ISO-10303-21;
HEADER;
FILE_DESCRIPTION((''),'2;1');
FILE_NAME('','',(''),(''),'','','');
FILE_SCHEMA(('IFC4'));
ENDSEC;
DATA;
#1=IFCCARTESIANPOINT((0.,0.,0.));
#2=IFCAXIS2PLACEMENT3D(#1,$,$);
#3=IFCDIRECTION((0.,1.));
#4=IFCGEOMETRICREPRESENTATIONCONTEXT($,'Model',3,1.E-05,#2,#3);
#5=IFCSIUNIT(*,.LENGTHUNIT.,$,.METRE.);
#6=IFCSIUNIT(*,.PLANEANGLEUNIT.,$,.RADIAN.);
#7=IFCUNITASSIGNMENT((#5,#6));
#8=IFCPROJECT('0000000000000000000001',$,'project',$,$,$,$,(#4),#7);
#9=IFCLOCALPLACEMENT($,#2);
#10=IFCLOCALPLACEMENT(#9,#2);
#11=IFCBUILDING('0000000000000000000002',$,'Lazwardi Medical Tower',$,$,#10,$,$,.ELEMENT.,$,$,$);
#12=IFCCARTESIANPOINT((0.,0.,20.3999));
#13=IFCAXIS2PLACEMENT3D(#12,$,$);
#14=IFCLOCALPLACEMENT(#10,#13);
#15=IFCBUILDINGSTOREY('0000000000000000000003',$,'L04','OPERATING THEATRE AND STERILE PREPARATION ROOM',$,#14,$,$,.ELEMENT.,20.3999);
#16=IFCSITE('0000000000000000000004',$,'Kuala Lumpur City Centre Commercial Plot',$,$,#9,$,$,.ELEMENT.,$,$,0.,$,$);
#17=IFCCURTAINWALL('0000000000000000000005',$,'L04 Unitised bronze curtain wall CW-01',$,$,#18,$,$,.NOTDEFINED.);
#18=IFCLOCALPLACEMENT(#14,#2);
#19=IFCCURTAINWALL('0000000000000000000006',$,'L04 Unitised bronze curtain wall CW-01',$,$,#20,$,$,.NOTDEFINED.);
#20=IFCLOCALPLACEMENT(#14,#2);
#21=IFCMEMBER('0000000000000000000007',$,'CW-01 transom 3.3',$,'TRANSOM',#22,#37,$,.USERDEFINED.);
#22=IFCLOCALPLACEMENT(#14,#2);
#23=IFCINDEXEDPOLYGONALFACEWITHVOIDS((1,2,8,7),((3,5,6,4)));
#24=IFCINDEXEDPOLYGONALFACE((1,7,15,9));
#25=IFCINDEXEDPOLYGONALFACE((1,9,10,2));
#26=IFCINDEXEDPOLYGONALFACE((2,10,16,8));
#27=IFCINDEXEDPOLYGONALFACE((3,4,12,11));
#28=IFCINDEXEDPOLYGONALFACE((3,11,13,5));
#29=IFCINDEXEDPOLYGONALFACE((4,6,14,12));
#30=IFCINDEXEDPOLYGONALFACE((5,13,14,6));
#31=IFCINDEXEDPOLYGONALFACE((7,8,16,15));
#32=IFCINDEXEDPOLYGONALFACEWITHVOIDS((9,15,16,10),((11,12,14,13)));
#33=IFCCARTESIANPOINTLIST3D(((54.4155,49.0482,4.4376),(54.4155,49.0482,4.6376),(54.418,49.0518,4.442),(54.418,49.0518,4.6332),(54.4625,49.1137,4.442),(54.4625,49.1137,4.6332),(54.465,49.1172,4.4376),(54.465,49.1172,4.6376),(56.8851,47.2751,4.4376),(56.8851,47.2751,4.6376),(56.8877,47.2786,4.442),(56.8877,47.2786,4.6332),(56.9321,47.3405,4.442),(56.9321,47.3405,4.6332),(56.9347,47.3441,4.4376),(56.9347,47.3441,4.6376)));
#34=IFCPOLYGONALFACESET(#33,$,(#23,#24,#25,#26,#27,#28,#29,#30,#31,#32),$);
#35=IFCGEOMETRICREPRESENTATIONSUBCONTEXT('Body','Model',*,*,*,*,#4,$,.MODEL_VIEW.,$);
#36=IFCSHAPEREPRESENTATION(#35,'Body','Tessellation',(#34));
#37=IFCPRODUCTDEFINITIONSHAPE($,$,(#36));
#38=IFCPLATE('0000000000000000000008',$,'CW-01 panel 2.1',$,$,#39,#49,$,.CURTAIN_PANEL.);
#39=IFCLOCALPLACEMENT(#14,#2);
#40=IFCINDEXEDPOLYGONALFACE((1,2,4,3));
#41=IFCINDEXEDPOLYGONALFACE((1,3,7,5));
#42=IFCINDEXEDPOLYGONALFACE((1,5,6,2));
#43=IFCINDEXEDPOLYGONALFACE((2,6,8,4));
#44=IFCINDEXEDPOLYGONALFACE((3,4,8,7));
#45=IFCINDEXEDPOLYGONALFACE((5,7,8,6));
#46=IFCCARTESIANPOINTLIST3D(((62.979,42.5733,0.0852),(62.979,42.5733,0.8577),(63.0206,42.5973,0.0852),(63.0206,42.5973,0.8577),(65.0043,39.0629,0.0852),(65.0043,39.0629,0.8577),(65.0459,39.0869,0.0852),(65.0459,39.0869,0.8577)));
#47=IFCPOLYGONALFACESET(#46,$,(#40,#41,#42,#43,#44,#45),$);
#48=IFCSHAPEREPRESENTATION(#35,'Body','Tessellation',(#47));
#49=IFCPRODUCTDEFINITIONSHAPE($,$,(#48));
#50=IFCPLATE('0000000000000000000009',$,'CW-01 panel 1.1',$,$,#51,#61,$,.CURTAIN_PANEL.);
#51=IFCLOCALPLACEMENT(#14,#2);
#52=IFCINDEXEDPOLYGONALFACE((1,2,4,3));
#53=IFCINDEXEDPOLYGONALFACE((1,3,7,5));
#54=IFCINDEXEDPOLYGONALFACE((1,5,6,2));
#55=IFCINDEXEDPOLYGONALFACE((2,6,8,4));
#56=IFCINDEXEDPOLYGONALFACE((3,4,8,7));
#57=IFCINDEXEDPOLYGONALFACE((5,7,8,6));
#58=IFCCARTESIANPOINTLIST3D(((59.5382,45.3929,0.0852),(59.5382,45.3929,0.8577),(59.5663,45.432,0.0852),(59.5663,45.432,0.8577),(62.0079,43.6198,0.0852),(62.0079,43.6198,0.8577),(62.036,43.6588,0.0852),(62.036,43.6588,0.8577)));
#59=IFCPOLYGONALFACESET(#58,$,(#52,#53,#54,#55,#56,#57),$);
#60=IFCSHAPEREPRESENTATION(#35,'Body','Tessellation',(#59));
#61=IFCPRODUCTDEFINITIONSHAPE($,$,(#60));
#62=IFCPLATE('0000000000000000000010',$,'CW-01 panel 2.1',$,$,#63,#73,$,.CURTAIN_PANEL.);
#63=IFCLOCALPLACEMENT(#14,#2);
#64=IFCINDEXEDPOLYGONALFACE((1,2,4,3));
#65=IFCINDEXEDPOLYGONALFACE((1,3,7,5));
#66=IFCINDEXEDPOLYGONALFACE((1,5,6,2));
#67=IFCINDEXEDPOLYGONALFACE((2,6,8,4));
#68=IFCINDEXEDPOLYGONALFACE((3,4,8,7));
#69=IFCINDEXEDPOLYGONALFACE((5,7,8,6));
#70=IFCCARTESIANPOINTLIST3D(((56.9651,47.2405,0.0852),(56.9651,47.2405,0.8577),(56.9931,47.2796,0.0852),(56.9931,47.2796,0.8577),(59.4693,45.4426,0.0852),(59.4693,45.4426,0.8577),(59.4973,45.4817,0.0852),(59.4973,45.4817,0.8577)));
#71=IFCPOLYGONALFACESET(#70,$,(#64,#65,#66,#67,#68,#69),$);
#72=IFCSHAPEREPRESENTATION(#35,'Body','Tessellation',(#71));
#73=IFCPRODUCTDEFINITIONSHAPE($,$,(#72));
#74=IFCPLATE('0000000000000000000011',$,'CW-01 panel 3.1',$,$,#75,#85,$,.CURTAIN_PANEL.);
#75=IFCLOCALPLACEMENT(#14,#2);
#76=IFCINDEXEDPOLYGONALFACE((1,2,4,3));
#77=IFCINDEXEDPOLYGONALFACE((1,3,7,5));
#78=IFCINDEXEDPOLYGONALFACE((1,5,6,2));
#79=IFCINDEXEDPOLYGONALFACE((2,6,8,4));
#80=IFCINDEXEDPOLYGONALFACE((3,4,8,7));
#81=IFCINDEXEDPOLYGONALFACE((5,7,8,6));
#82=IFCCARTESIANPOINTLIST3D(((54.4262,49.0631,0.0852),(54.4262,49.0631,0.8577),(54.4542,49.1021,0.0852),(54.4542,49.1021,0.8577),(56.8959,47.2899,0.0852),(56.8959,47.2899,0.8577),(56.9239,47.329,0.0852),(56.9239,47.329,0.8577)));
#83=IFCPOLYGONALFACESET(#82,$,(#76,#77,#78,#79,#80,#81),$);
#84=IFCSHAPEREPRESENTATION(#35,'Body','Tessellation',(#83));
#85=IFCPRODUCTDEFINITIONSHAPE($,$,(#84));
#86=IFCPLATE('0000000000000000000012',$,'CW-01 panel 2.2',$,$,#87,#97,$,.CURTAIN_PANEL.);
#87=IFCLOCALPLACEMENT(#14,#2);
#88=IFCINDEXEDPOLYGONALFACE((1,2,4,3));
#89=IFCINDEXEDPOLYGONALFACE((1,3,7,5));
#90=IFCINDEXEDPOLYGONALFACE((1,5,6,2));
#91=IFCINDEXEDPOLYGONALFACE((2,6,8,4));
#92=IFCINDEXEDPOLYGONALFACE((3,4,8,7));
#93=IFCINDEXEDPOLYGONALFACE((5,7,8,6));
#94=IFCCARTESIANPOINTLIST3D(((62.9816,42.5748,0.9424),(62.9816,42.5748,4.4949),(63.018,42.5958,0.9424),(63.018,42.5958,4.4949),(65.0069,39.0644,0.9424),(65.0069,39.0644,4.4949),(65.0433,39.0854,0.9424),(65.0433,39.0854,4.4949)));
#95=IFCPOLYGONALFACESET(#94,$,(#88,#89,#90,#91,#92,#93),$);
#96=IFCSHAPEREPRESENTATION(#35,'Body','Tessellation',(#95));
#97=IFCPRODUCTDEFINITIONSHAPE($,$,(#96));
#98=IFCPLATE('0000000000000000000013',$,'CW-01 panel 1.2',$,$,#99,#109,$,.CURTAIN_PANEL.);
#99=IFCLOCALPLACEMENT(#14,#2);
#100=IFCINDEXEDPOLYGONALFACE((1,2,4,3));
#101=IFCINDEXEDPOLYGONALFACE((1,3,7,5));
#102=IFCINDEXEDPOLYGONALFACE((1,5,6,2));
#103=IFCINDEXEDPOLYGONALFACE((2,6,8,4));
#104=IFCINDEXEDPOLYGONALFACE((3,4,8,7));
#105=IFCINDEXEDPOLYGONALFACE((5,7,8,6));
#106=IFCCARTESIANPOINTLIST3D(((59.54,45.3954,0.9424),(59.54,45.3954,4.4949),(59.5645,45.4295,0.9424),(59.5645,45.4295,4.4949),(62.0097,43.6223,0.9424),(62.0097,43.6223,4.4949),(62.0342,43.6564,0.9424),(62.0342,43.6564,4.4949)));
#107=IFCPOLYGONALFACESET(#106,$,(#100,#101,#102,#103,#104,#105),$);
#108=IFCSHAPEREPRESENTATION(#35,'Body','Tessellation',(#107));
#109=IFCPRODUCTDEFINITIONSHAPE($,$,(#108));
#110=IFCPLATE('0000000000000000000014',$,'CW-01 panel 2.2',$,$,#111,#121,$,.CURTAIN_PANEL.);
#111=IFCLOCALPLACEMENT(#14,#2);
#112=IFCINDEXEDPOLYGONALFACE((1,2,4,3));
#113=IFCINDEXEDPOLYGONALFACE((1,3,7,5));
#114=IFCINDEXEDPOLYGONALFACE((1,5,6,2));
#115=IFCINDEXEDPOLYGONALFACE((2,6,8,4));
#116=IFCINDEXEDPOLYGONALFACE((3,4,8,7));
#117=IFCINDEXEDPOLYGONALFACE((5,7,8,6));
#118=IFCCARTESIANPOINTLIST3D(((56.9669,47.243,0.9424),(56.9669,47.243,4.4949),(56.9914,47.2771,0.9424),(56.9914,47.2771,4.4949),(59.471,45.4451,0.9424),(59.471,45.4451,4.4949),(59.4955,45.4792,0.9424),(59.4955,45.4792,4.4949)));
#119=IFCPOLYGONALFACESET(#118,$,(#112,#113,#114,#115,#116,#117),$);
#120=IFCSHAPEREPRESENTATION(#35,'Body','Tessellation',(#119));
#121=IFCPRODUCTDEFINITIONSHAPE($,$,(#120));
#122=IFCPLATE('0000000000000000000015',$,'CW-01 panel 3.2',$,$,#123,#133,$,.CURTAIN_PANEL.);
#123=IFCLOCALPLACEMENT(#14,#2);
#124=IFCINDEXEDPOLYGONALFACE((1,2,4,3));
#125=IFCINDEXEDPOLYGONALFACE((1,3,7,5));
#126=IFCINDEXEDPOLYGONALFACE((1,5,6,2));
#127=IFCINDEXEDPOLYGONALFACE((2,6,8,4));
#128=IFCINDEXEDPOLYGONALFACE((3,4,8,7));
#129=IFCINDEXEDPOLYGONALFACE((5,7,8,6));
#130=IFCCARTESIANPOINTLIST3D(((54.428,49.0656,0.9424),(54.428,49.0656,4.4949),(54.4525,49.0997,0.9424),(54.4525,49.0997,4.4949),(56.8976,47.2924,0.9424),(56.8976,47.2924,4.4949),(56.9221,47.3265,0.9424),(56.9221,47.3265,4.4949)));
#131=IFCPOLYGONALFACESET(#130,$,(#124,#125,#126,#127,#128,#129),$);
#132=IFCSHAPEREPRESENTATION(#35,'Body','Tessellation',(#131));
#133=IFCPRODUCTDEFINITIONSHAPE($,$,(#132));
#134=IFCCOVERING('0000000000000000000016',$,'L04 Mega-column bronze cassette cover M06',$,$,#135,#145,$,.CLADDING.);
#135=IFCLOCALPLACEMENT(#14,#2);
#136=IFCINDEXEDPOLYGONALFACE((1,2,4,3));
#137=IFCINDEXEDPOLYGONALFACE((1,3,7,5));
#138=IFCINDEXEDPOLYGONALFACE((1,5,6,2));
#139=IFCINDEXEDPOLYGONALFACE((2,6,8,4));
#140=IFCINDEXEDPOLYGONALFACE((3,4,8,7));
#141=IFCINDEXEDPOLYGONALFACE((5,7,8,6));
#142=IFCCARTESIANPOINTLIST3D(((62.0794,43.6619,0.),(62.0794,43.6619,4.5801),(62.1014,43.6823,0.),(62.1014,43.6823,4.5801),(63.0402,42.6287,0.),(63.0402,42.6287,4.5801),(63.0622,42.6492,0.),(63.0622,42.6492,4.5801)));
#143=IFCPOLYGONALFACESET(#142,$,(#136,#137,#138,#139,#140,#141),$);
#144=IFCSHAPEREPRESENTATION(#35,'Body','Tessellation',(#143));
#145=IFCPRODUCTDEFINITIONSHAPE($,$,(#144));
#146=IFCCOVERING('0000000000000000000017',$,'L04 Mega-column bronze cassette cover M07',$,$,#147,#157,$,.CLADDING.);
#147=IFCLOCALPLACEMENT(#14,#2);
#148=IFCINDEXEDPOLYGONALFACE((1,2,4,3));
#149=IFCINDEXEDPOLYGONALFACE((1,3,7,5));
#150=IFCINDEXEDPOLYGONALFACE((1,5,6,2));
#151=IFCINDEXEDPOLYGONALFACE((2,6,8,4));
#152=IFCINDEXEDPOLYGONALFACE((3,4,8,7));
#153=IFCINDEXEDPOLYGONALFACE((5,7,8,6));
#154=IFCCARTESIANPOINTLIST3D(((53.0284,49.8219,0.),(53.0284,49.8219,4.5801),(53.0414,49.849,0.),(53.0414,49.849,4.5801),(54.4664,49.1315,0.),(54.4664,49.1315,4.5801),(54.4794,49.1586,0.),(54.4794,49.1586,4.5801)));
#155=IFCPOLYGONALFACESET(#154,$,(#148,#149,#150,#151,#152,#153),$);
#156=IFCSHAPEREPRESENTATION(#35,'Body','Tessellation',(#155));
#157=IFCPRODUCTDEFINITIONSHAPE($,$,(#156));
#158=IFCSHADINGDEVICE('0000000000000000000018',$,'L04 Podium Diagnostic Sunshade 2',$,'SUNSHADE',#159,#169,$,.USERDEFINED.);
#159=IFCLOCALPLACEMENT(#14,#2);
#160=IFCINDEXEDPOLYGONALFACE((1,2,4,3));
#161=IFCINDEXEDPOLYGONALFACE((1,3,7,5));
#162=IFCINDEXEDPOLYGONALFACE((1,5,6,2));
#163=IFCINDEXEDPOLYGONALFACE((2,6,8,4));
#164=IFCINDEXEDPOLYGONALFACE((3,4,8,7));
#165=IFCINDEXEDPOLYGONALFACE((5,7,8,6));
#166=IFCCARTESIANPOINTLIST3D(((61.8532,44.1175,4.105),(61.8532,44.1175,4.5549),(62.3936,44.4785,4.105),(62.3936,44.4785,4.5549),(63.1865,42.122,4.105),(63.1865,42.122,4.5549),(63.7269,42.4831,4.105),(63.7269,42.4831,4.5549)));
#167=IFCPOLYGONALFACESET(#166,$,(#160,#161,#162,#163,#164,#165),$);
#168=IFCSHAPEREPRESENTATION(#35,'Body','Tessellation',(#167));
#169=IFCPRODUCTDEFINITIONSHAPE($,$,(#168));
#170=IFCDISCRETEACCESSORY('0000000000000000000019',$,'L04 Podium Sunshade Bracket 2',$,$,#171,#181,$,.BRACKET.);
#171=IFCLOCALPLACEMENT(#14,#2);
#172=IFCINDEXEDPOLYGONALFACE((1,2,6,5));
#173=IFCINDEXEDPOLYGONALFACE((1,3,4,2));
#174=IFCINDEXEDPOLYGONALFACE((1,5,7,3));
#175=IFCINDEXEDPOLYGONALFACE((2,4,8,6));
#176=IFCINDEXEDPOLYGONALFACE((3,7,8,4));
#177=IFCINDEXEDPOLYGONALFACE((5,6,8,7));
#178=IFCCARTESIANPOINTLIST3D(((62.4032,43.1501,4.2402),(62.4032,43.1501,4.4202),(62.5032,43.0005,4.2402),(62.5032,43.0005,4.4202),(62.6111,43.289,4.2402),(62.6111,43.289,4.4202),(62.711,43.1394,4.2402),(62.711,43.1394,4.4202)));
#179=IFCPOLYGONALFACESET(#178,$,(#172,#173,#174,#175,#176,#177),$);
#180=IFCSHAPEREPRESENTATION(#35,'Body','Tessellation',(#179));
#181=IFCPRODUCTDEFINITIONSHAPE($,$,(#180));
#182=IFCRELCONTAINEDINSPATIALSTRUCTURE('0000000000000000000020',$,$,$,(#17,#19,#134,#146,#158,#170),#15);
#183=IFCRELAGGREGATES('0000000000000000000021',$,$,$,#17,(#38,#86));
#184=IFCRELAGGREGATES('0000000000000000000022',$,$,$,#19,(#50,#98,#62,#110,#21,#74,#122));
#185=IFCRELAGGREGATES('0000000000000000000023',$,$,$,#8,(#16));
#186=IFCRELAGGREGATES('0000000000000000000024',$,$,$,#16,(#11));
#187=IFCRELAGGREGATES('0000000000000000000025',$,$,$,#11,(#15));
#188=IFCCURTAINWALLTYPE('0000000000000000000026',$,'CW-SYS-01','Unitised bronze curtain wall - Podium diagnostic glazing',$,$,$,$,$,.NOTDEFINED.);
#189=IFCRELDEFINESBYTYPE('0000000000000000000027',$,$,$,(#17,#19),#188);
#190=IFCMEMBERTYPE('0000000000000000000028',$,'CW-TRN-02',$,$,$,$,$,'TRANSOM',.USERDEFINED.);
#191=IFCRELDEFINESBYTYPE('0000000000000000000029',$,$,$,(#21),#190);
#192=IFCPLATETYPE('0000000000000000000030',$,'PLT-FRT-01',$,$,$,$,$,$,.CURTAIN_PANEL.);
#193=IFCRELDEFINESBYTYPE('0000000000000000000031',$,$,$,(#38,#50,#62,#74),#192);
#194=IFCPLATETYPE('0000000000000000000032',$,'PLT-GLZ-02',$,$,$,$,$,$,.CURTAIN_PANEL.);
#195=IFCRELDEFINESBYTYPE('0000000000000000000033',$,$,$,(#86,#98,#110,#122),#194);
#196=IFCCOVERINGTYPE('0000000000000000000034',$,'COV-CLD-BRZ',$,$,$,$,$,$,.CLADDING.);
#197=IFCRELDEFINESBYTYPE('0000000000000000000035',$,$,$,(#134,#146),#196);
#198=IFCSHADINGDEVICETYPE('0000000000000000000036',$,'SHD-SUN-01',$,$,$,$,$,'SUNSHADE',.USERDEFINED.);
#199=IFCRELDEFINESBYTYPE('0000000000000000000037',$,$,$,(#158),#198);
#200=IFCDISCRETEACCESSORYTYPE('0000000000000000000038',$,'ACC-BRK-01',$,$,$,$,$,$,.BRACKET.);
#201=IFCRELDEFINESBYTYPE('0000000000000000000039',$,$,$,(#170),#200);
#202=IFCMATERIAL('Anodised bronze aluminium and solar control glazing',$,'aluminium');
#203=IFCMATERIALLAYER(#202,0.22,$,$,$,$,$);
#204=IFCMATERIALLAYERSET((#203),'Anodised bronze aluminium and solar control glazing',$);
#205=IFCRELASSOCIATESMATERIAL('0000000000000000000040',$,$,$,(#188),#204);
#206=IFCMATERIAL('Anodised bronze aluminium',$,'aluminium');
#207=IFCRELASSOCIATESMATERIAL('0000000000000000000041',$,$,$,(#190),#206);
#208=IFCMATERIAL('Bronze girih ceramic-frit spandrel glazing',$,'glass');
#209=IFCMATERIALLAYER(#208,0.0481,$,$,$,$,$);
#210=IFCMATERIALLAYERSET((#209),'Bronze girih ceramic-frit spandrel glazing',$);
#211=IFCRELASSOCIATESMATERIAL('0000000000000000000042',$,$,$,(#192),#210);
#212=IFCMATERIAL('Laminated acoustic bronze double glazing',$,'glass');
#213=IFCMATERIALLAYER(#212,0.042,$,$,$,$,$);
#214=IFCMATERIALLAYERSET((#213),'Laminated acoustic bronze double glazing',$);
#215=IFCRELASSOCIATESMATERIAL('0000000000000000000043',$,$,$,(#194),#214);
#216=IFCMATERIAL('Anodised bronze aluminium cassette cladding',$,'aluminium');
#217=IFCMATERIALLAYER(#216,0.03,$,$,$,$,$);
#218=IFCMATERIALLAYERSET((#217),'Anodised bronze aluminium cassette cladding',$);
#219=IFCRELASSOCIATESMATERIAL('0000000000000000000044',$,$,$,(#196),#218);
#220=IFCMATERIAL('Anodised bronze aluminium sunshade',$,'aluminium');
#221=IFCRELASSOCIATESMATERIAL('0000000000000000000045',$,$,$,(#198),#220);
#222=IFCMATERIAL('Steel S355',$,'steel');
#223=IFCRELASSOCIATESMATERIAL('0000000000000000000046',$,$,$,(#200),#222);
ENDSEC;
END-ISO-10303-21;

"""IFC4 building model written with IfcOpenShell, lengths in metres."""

from ifc_helpers import new_model, si_unit, direction, frame, origin, origin_2d, place, context, subcontext, project, spatial, rectangle, hollow_rectangle, extrude, material, layer, layer_set, material_profile, profile_set, type_object, element, aggregate, save


model = new_model("IFC4")

# Units and contexts
model_context = context("Model", 3, precision=1e-05, world=origin(), true_north=direction((0.0, 1.0)))
body_context = subcontext(model_context, "Body", "Model", "MODEL_VIEW")
ifc_project = project(units=[si_unit("LENGTHUNIT", "METRE"), si_unit("PLANEANGLEUNIT", "RADIAN")], contexts=[model_context])

# Site, building, storey
site_placement = place(None, origin())
site = spatial("IfcSite", under=ifc_project, at=site_placement, Name="Kuala Lumpur City Centre Commercial Plot", CompositionType="ELEMENT", RefElevation=0.0)
building_placement = place(site_placement, origin())
building = spatial("IfcBuilding", under=site, at=building_placement, Name="Lazwardi Medical Tower", CompositionType="ELEMENT")
storey_placement = place(building_placement, frame((0.0, 0.0, 20.3999)))
storey = spatial("IfcBuildingStorey", under=building, at=storey_placement, Name="L04", Description="OPERATING THEATRE AND STERILE PREPARATION ROOM", CompositionType="ELEMENT", Elevation=20.3999)

# Shared definitions
ifc_material_1 = material(Name="Steel S355", Category="steel")

# Curtain wall
ifc_material_2 = material(Name="Anodised bronze aluminium and solar control glazing", Category="aluminium")
ifc_layer_1 = layer(ifc_material_2, 0.22)
ifc_layer_set_1 = layer_set([ifc_layer_1], Name="Anodised bronze aluminium and solar control glazing")
curtain_wall_type = type_object("IfcCurtainWallType", Name="CW-SYS-01", Description="Unitised bronze curtain wall - Podium diagnostic glazing", PredefinedType="NOTDEFINED", material=ifc_layer_set_1)
curtain_wall_1_placement = place(storey_placement, origin())
curtain_wall_1 = element("IfcCurtainWall", 1, at=curtain_wall_1_placement, inside=storey, type_object=curtain_wall_type, Name="L04 Unitised bronze curtain wall CW-01", PredefinedType="NOTDEFINED")
ifc_material_3 = material(Name="Anodised bronze aluminium", Category="aluminium")

# Curtain wall
curtain_wall_2_placement = place(storey_placement, origin())
curtain_wall_2 = element("IfcCurtainWall", 2, at=curtain_wall_2_placement, inside=storey, type_object=curtain_wall_type, Name="L04 Unitised bronze curtain wall CW-01", PredefinedType="NOTDEFINED")

# Member
ifc_material_profile_1 = material_profile(ifc_material_3, hollow_rectangle(XDim=0.085, YDim=0.2, WallThickness=0.0044, at=origin_2d()), Name="ALU-TRANSOM 200x85x4.5")
ifc_profile_set_1 = profile_set([ifc_material_profile_1], Name="Anodised bronze aluminium")
member_type_1 = type_object("IfcMemberType", Name="CW-TRN-02", ElementType="TRANSOM", PredefinedType="USERDEFINED", material=ifc_profile_set_1)
member_1_placement = place(storey_placement, frame((56.9099, 47.3096, 4.5376), z_axis=(-0.812315, 0.583219, 0.0), x_axis=(-0.583219, -0.812315, 0.0)))
member_1 = element("IfcMember", 3, at=member_1_placement, type_object=member_type_1, Name="CW-01 transom 3.3", ObjectType="TRANSOM", PredefinedType="USERDEFINED", context=body_context, shape_type="SweptSolid", body=[
    extrude(hollow_rectangle(XDim=0.085, YDim=0.2, WallThickness=0.0044, at=origin_2d()), origin(), (0.0, 0.0, 1.0), 3.0403),
])

# Plates
ifc_material_4 = material(Name="Bronze girih ceramic-frit spandrel glazing", Category="glass")
ifc_layer_2 = layer(ifc_material_4, 0.0481)
ifc_layer_set_2 = layer_set([ifc_layer_2], Name="Bronze girih ceramic-frit spandrel glazing")
plate_type_1 = type_object("IfcPlateType", Name="PLT-FRT-01", PredefinedType="CURTAIN_PANEL", material=ifc_layer_set_2)
plate_1_placement = place(storey_placement, frame((64.0125, 40.8301, 0.0852), z_axis=(0.0, 0.0, 1.0), x_axis=(-0.499731, 0.866181, 0.0)))
plate_1 = element("IfcPlate", 4, at=plate_1_placement, type_object=plate_type_1, Name="CW-01 panel 2.1", PredefinedType="CURTAIN_PANEL", context=body_context, shape_type="SweptSolid", body=[
    extrude(rectangle(XDim=4.0527, YDim=0.0481, at=origin_2d()), origin(), (0.0, 0.0, 1.0), 0.7725),
])
plate_2_placement = place(storey_placement, frame((60.7871, 44.5259, 0.0852), z_axis=(0.0, 0.0, 1.0), x_axis=(-0.812318, 0.583214, 0.0)))
plate_2 = element("IfcPlate", 5, at=plate_2_placement, type_object=plate_type_1, Name="CW-01 panel 1.1", PredefinedType="CURTAIN_PANEL", context=body_context, shape_type="SweptSolid", body=[
    extrude(rectangle(XDim=3.0403, YDim=0.0481, at=origin_2d()), origin(), (0.0, 0.0, 1.0), 0.7725),
])
plate_3_placement = place(storey_placement, frame((58.2312, 46.3611, 0.0852), z_axis=(0.0, 0.0, 1.0), x_axis=(-0.812318, 0.583214, 0.0)))
plate_3 = element("IfcPlate", 6, at=plate_3_placement, type_object=plate_type_1, Name="CW-01 panel 2.1", PredefinedType="CURTAIN_PANEL", context=body_context, shape_type="SweptSolid", body=[
    extrude(rectangle(XDim=3.0828, YDim=0.0481, at=origin_2d()), origin(), (0.0, 0.0, 1.0), 0.7725),
])
plate_4_placement = place(storey_placement, frame((55.675, 48.196, 0.0852), z_axis=(0.0, 0.0, 1.0), x_axis=(-0.812318, 0.583214, 0.0)))
plate_4 = element("IfcPlate", 7, at=plate_4_placement, type_object=plate_type_1, Name="CW-01 panel 3.1", PredefinedType="CURTAIN_PANEL", context=body_context, shape_type="SweptSolid", body=[
    extrude(rectangle(XDim=3.0403, YDim=0.0481, at=origin_2d()), origin(), (0.0, 0.0, 1.0), 0.7725),
])
ifc_material_5 = material(Name="Laminated acoustic bronze double glazing", Category="glass")
ifc_layer_3 = layer(ifc_material_5, 0.042)
ifc_layer_set_3 = layer_set([ifc_layer_3], Name="Laminated acoustic bronze double glazing")
plate_type_2 = type_object("IfcPlateType", Name="PLT-GLZ-02", PredefinedType="CURTAIN_PANEL", material=ifc_layer_set_3)
plate_5_placement = place(storey_placement, frame((64.0125, 40.8301, 0.9424), z_axis=(0.0, 0.0, 1.0), x_axis=(-0.499731, 0.866181, 0.0)))
plate_5 = element("IfcPlate", 8, at=plate_5_placement, type_object=plate_type_2, Name="CW-01 panel 2.2", PredefinedType="CURTAIN_PANEL", context=body_context, shape_type="SweptSolid", body=[
    extrude(rectangle(XDim=4.0527, YDim=0.042, at=origin_2d()), origin(), (0.0, 0.0, 1.0), 3.5525),
])
aggregate(curtain_wall_1, [plate_1, plate_5])
plate_6_placement = place(storey_placement, frame((60.7871, 44.5259, 0.9424), z_axis=(0.0, 0.0, 1.0), x_axis=(-0.812318, 0.583214, 0.0)))
plate_6 = element("IfcPlate", 9, at=plate_6_placement, type_object=plate_type_2, Name="CW-01 panel 1.2", PredefinedType="CURTAIN_PANEL", context=body_context, shape_type="SweptSolid", body=[
    extrude(rectangle(XDim=3.0403, YDim=0.042, at=origin_2d()), origin(), (0.0, 0.0, 1.0), 3.5525),
])
plate_7_placement = place(storey_placement, frame((58.2312, 46.3611, 0.9424), z_axis=(0.0, 0.0, 1.0), x_axis=(-0.812318, 0.583214, 0.0)))
plate_7 = element("IfcPlate", 10, at=plate_7_placement, type_object=plate_type_2, Name="CW-01 panel 2.2", PredefinedType="CURTAIN_PANEL", context=body_context, shape_type="SweptSolid", body=[
    extrude(rectangle(XDim=3.0828, YDim=0.042, at=origin_2d()), origin(), (0.0, 0.0, 1.0), 3.5525),
])
plate_8_placement = place(storey_placement, frame((55.675, 48.196, 0.9424), z_axis=(0.0, 0.0, 1.0), x_axis=(-0.812318, 0.583214, 0.0)))
plate_8 = element("IfcPlate", 11, at=plate_8_placement, type_object=plate_type_2, Name="CW-01 panel 3.2", PredefinedType="CURTAIN_PANEL", context=body_context, shape_type="SweptSolid", body=[
    extrude(rectangle(XDim=3.0403, YDim=0.042, at=origin_2d()), origin(), (0.0, 0.0, 1.0), 3.5525),
])
aggregate(curtain_wall_2, [plate_2, plate_6, plate_3, plate_7, member_1, plate_4, plate_8])

# Coverings
ifc_material_6 = material(Name="Anodised bronze aluminium cassette cladding", Category="aluminium")
ifc_layer_4 = layer(ifc_material_6, 0.03)
ifc_layer_set_4 = layer_set([ifc_layer_4], Name="Anodised bronze aluminium cassette cladding")
covering_type = type_object("IfcCoveringType", Name="COV-CLD-BRZ", PredefinedType="CLADDING", material=ifc_layer_set_4)
covering_1_placement = place(storey_placement, frame((62.5708, 43.1555, 0.0), z_axis=(0.0, 0.0, 1.0), x_axis=(-0.681019, 0.732266, 0.0)))
element("IfcCovering", 12, at=covering_1_placement, inside=storey, type_object=covering_type, Name="L04 Mega-column bronze cassette cover M06", PredefinedType="CLADDING", context=body_context, shape_type="SweptSolid", body=[
    extrude(rectangle(XDim=1.4109, YDim=0.03, at=origin_2d()), origin(), (0.0, 0.0, 1.0), 4.5801),
])
covering_2_placement = place(storey_placement, frame((53.7539, 49.4902, 0.0), z_axis=(0.0, 0.0, 1.0), x_axis=(-0.901484, 0.432813, 0.0)))
element("IfcCovering", 13, at=covering_2_placement, inside=storey, type_object=covering_type, Name="L04 Mega-column bronze cassette cover M07", PredefinedType="CLADDING", context=body_context, shape_type="SweptSolid", body=[
    extrude(rectangle(XDim=1.5952, YDim=0.03, at=origin_2d()), origin(), (0.0, 0.0, 1.0), 4.5801),
])

# Shading device
ifc_material_7 = material(Name="Anodised bronze aluminium sunshade", Category="aluminium")
shading_device_type = type_object("IfcShadingDeviceType", Name="SHD-SUN-01", ElementType="SUNSHADE", PredefinedType="USERDEFINED", material=ifc_material_7)
shading_device_placement = place(storey_placement, frame((62.79, 43.3003, 4.105), z_axis=(0.0, 0.0, 1.0), x_axis=(-0.55557, 0.83147, 0.0)))
element("IfcShadingDevice", 14, at=shading_device_placement, inside=storey, type_object=shading_device_type, Name="L04 Podium Diagnostic Sunshade 2", ObjectType="SUNSHADE", PredefinedType="USERDEFINED", context=body_context, shape_type="SweptSolid", body=[
    extrude(rectangle(XDim=2.3999, YDim=0.6499, at=origin_2d()), origin(), (0.0, 0.0, 1.0), 0.45),
])

# Discrete accessory
discrete_accessory_type = type_object("IfcDiscreteAccessoryType", Name="ACC-BRK-01", PredefinedType="BRACKET", material=ifc_material_1)
discrete_accessory_placement = place(storey_placement, frame((62.5571, 43.1448, 4.2402), z_axis=(0.0, 0.0, 1.0), x_axis=(-0.55557, 0.83147, 0.0)))
element("IfcDiscreteAccessory", 15, at=discrete_accessory_placement, inside=storey, type_object=discrete_accessory_type, Name="L04 Podium Sunshade Bracket 2", PredefinedType="BRACKET", context=body_context, shape_type="SweptSolid", body=[
    extrude(rectangle(XDim=0.1799, YDim=0.25, at=origin_2d()), origin(), (0.0, 0.0, 1.0), 0.1799),
])

save(model, "model.ifc")
